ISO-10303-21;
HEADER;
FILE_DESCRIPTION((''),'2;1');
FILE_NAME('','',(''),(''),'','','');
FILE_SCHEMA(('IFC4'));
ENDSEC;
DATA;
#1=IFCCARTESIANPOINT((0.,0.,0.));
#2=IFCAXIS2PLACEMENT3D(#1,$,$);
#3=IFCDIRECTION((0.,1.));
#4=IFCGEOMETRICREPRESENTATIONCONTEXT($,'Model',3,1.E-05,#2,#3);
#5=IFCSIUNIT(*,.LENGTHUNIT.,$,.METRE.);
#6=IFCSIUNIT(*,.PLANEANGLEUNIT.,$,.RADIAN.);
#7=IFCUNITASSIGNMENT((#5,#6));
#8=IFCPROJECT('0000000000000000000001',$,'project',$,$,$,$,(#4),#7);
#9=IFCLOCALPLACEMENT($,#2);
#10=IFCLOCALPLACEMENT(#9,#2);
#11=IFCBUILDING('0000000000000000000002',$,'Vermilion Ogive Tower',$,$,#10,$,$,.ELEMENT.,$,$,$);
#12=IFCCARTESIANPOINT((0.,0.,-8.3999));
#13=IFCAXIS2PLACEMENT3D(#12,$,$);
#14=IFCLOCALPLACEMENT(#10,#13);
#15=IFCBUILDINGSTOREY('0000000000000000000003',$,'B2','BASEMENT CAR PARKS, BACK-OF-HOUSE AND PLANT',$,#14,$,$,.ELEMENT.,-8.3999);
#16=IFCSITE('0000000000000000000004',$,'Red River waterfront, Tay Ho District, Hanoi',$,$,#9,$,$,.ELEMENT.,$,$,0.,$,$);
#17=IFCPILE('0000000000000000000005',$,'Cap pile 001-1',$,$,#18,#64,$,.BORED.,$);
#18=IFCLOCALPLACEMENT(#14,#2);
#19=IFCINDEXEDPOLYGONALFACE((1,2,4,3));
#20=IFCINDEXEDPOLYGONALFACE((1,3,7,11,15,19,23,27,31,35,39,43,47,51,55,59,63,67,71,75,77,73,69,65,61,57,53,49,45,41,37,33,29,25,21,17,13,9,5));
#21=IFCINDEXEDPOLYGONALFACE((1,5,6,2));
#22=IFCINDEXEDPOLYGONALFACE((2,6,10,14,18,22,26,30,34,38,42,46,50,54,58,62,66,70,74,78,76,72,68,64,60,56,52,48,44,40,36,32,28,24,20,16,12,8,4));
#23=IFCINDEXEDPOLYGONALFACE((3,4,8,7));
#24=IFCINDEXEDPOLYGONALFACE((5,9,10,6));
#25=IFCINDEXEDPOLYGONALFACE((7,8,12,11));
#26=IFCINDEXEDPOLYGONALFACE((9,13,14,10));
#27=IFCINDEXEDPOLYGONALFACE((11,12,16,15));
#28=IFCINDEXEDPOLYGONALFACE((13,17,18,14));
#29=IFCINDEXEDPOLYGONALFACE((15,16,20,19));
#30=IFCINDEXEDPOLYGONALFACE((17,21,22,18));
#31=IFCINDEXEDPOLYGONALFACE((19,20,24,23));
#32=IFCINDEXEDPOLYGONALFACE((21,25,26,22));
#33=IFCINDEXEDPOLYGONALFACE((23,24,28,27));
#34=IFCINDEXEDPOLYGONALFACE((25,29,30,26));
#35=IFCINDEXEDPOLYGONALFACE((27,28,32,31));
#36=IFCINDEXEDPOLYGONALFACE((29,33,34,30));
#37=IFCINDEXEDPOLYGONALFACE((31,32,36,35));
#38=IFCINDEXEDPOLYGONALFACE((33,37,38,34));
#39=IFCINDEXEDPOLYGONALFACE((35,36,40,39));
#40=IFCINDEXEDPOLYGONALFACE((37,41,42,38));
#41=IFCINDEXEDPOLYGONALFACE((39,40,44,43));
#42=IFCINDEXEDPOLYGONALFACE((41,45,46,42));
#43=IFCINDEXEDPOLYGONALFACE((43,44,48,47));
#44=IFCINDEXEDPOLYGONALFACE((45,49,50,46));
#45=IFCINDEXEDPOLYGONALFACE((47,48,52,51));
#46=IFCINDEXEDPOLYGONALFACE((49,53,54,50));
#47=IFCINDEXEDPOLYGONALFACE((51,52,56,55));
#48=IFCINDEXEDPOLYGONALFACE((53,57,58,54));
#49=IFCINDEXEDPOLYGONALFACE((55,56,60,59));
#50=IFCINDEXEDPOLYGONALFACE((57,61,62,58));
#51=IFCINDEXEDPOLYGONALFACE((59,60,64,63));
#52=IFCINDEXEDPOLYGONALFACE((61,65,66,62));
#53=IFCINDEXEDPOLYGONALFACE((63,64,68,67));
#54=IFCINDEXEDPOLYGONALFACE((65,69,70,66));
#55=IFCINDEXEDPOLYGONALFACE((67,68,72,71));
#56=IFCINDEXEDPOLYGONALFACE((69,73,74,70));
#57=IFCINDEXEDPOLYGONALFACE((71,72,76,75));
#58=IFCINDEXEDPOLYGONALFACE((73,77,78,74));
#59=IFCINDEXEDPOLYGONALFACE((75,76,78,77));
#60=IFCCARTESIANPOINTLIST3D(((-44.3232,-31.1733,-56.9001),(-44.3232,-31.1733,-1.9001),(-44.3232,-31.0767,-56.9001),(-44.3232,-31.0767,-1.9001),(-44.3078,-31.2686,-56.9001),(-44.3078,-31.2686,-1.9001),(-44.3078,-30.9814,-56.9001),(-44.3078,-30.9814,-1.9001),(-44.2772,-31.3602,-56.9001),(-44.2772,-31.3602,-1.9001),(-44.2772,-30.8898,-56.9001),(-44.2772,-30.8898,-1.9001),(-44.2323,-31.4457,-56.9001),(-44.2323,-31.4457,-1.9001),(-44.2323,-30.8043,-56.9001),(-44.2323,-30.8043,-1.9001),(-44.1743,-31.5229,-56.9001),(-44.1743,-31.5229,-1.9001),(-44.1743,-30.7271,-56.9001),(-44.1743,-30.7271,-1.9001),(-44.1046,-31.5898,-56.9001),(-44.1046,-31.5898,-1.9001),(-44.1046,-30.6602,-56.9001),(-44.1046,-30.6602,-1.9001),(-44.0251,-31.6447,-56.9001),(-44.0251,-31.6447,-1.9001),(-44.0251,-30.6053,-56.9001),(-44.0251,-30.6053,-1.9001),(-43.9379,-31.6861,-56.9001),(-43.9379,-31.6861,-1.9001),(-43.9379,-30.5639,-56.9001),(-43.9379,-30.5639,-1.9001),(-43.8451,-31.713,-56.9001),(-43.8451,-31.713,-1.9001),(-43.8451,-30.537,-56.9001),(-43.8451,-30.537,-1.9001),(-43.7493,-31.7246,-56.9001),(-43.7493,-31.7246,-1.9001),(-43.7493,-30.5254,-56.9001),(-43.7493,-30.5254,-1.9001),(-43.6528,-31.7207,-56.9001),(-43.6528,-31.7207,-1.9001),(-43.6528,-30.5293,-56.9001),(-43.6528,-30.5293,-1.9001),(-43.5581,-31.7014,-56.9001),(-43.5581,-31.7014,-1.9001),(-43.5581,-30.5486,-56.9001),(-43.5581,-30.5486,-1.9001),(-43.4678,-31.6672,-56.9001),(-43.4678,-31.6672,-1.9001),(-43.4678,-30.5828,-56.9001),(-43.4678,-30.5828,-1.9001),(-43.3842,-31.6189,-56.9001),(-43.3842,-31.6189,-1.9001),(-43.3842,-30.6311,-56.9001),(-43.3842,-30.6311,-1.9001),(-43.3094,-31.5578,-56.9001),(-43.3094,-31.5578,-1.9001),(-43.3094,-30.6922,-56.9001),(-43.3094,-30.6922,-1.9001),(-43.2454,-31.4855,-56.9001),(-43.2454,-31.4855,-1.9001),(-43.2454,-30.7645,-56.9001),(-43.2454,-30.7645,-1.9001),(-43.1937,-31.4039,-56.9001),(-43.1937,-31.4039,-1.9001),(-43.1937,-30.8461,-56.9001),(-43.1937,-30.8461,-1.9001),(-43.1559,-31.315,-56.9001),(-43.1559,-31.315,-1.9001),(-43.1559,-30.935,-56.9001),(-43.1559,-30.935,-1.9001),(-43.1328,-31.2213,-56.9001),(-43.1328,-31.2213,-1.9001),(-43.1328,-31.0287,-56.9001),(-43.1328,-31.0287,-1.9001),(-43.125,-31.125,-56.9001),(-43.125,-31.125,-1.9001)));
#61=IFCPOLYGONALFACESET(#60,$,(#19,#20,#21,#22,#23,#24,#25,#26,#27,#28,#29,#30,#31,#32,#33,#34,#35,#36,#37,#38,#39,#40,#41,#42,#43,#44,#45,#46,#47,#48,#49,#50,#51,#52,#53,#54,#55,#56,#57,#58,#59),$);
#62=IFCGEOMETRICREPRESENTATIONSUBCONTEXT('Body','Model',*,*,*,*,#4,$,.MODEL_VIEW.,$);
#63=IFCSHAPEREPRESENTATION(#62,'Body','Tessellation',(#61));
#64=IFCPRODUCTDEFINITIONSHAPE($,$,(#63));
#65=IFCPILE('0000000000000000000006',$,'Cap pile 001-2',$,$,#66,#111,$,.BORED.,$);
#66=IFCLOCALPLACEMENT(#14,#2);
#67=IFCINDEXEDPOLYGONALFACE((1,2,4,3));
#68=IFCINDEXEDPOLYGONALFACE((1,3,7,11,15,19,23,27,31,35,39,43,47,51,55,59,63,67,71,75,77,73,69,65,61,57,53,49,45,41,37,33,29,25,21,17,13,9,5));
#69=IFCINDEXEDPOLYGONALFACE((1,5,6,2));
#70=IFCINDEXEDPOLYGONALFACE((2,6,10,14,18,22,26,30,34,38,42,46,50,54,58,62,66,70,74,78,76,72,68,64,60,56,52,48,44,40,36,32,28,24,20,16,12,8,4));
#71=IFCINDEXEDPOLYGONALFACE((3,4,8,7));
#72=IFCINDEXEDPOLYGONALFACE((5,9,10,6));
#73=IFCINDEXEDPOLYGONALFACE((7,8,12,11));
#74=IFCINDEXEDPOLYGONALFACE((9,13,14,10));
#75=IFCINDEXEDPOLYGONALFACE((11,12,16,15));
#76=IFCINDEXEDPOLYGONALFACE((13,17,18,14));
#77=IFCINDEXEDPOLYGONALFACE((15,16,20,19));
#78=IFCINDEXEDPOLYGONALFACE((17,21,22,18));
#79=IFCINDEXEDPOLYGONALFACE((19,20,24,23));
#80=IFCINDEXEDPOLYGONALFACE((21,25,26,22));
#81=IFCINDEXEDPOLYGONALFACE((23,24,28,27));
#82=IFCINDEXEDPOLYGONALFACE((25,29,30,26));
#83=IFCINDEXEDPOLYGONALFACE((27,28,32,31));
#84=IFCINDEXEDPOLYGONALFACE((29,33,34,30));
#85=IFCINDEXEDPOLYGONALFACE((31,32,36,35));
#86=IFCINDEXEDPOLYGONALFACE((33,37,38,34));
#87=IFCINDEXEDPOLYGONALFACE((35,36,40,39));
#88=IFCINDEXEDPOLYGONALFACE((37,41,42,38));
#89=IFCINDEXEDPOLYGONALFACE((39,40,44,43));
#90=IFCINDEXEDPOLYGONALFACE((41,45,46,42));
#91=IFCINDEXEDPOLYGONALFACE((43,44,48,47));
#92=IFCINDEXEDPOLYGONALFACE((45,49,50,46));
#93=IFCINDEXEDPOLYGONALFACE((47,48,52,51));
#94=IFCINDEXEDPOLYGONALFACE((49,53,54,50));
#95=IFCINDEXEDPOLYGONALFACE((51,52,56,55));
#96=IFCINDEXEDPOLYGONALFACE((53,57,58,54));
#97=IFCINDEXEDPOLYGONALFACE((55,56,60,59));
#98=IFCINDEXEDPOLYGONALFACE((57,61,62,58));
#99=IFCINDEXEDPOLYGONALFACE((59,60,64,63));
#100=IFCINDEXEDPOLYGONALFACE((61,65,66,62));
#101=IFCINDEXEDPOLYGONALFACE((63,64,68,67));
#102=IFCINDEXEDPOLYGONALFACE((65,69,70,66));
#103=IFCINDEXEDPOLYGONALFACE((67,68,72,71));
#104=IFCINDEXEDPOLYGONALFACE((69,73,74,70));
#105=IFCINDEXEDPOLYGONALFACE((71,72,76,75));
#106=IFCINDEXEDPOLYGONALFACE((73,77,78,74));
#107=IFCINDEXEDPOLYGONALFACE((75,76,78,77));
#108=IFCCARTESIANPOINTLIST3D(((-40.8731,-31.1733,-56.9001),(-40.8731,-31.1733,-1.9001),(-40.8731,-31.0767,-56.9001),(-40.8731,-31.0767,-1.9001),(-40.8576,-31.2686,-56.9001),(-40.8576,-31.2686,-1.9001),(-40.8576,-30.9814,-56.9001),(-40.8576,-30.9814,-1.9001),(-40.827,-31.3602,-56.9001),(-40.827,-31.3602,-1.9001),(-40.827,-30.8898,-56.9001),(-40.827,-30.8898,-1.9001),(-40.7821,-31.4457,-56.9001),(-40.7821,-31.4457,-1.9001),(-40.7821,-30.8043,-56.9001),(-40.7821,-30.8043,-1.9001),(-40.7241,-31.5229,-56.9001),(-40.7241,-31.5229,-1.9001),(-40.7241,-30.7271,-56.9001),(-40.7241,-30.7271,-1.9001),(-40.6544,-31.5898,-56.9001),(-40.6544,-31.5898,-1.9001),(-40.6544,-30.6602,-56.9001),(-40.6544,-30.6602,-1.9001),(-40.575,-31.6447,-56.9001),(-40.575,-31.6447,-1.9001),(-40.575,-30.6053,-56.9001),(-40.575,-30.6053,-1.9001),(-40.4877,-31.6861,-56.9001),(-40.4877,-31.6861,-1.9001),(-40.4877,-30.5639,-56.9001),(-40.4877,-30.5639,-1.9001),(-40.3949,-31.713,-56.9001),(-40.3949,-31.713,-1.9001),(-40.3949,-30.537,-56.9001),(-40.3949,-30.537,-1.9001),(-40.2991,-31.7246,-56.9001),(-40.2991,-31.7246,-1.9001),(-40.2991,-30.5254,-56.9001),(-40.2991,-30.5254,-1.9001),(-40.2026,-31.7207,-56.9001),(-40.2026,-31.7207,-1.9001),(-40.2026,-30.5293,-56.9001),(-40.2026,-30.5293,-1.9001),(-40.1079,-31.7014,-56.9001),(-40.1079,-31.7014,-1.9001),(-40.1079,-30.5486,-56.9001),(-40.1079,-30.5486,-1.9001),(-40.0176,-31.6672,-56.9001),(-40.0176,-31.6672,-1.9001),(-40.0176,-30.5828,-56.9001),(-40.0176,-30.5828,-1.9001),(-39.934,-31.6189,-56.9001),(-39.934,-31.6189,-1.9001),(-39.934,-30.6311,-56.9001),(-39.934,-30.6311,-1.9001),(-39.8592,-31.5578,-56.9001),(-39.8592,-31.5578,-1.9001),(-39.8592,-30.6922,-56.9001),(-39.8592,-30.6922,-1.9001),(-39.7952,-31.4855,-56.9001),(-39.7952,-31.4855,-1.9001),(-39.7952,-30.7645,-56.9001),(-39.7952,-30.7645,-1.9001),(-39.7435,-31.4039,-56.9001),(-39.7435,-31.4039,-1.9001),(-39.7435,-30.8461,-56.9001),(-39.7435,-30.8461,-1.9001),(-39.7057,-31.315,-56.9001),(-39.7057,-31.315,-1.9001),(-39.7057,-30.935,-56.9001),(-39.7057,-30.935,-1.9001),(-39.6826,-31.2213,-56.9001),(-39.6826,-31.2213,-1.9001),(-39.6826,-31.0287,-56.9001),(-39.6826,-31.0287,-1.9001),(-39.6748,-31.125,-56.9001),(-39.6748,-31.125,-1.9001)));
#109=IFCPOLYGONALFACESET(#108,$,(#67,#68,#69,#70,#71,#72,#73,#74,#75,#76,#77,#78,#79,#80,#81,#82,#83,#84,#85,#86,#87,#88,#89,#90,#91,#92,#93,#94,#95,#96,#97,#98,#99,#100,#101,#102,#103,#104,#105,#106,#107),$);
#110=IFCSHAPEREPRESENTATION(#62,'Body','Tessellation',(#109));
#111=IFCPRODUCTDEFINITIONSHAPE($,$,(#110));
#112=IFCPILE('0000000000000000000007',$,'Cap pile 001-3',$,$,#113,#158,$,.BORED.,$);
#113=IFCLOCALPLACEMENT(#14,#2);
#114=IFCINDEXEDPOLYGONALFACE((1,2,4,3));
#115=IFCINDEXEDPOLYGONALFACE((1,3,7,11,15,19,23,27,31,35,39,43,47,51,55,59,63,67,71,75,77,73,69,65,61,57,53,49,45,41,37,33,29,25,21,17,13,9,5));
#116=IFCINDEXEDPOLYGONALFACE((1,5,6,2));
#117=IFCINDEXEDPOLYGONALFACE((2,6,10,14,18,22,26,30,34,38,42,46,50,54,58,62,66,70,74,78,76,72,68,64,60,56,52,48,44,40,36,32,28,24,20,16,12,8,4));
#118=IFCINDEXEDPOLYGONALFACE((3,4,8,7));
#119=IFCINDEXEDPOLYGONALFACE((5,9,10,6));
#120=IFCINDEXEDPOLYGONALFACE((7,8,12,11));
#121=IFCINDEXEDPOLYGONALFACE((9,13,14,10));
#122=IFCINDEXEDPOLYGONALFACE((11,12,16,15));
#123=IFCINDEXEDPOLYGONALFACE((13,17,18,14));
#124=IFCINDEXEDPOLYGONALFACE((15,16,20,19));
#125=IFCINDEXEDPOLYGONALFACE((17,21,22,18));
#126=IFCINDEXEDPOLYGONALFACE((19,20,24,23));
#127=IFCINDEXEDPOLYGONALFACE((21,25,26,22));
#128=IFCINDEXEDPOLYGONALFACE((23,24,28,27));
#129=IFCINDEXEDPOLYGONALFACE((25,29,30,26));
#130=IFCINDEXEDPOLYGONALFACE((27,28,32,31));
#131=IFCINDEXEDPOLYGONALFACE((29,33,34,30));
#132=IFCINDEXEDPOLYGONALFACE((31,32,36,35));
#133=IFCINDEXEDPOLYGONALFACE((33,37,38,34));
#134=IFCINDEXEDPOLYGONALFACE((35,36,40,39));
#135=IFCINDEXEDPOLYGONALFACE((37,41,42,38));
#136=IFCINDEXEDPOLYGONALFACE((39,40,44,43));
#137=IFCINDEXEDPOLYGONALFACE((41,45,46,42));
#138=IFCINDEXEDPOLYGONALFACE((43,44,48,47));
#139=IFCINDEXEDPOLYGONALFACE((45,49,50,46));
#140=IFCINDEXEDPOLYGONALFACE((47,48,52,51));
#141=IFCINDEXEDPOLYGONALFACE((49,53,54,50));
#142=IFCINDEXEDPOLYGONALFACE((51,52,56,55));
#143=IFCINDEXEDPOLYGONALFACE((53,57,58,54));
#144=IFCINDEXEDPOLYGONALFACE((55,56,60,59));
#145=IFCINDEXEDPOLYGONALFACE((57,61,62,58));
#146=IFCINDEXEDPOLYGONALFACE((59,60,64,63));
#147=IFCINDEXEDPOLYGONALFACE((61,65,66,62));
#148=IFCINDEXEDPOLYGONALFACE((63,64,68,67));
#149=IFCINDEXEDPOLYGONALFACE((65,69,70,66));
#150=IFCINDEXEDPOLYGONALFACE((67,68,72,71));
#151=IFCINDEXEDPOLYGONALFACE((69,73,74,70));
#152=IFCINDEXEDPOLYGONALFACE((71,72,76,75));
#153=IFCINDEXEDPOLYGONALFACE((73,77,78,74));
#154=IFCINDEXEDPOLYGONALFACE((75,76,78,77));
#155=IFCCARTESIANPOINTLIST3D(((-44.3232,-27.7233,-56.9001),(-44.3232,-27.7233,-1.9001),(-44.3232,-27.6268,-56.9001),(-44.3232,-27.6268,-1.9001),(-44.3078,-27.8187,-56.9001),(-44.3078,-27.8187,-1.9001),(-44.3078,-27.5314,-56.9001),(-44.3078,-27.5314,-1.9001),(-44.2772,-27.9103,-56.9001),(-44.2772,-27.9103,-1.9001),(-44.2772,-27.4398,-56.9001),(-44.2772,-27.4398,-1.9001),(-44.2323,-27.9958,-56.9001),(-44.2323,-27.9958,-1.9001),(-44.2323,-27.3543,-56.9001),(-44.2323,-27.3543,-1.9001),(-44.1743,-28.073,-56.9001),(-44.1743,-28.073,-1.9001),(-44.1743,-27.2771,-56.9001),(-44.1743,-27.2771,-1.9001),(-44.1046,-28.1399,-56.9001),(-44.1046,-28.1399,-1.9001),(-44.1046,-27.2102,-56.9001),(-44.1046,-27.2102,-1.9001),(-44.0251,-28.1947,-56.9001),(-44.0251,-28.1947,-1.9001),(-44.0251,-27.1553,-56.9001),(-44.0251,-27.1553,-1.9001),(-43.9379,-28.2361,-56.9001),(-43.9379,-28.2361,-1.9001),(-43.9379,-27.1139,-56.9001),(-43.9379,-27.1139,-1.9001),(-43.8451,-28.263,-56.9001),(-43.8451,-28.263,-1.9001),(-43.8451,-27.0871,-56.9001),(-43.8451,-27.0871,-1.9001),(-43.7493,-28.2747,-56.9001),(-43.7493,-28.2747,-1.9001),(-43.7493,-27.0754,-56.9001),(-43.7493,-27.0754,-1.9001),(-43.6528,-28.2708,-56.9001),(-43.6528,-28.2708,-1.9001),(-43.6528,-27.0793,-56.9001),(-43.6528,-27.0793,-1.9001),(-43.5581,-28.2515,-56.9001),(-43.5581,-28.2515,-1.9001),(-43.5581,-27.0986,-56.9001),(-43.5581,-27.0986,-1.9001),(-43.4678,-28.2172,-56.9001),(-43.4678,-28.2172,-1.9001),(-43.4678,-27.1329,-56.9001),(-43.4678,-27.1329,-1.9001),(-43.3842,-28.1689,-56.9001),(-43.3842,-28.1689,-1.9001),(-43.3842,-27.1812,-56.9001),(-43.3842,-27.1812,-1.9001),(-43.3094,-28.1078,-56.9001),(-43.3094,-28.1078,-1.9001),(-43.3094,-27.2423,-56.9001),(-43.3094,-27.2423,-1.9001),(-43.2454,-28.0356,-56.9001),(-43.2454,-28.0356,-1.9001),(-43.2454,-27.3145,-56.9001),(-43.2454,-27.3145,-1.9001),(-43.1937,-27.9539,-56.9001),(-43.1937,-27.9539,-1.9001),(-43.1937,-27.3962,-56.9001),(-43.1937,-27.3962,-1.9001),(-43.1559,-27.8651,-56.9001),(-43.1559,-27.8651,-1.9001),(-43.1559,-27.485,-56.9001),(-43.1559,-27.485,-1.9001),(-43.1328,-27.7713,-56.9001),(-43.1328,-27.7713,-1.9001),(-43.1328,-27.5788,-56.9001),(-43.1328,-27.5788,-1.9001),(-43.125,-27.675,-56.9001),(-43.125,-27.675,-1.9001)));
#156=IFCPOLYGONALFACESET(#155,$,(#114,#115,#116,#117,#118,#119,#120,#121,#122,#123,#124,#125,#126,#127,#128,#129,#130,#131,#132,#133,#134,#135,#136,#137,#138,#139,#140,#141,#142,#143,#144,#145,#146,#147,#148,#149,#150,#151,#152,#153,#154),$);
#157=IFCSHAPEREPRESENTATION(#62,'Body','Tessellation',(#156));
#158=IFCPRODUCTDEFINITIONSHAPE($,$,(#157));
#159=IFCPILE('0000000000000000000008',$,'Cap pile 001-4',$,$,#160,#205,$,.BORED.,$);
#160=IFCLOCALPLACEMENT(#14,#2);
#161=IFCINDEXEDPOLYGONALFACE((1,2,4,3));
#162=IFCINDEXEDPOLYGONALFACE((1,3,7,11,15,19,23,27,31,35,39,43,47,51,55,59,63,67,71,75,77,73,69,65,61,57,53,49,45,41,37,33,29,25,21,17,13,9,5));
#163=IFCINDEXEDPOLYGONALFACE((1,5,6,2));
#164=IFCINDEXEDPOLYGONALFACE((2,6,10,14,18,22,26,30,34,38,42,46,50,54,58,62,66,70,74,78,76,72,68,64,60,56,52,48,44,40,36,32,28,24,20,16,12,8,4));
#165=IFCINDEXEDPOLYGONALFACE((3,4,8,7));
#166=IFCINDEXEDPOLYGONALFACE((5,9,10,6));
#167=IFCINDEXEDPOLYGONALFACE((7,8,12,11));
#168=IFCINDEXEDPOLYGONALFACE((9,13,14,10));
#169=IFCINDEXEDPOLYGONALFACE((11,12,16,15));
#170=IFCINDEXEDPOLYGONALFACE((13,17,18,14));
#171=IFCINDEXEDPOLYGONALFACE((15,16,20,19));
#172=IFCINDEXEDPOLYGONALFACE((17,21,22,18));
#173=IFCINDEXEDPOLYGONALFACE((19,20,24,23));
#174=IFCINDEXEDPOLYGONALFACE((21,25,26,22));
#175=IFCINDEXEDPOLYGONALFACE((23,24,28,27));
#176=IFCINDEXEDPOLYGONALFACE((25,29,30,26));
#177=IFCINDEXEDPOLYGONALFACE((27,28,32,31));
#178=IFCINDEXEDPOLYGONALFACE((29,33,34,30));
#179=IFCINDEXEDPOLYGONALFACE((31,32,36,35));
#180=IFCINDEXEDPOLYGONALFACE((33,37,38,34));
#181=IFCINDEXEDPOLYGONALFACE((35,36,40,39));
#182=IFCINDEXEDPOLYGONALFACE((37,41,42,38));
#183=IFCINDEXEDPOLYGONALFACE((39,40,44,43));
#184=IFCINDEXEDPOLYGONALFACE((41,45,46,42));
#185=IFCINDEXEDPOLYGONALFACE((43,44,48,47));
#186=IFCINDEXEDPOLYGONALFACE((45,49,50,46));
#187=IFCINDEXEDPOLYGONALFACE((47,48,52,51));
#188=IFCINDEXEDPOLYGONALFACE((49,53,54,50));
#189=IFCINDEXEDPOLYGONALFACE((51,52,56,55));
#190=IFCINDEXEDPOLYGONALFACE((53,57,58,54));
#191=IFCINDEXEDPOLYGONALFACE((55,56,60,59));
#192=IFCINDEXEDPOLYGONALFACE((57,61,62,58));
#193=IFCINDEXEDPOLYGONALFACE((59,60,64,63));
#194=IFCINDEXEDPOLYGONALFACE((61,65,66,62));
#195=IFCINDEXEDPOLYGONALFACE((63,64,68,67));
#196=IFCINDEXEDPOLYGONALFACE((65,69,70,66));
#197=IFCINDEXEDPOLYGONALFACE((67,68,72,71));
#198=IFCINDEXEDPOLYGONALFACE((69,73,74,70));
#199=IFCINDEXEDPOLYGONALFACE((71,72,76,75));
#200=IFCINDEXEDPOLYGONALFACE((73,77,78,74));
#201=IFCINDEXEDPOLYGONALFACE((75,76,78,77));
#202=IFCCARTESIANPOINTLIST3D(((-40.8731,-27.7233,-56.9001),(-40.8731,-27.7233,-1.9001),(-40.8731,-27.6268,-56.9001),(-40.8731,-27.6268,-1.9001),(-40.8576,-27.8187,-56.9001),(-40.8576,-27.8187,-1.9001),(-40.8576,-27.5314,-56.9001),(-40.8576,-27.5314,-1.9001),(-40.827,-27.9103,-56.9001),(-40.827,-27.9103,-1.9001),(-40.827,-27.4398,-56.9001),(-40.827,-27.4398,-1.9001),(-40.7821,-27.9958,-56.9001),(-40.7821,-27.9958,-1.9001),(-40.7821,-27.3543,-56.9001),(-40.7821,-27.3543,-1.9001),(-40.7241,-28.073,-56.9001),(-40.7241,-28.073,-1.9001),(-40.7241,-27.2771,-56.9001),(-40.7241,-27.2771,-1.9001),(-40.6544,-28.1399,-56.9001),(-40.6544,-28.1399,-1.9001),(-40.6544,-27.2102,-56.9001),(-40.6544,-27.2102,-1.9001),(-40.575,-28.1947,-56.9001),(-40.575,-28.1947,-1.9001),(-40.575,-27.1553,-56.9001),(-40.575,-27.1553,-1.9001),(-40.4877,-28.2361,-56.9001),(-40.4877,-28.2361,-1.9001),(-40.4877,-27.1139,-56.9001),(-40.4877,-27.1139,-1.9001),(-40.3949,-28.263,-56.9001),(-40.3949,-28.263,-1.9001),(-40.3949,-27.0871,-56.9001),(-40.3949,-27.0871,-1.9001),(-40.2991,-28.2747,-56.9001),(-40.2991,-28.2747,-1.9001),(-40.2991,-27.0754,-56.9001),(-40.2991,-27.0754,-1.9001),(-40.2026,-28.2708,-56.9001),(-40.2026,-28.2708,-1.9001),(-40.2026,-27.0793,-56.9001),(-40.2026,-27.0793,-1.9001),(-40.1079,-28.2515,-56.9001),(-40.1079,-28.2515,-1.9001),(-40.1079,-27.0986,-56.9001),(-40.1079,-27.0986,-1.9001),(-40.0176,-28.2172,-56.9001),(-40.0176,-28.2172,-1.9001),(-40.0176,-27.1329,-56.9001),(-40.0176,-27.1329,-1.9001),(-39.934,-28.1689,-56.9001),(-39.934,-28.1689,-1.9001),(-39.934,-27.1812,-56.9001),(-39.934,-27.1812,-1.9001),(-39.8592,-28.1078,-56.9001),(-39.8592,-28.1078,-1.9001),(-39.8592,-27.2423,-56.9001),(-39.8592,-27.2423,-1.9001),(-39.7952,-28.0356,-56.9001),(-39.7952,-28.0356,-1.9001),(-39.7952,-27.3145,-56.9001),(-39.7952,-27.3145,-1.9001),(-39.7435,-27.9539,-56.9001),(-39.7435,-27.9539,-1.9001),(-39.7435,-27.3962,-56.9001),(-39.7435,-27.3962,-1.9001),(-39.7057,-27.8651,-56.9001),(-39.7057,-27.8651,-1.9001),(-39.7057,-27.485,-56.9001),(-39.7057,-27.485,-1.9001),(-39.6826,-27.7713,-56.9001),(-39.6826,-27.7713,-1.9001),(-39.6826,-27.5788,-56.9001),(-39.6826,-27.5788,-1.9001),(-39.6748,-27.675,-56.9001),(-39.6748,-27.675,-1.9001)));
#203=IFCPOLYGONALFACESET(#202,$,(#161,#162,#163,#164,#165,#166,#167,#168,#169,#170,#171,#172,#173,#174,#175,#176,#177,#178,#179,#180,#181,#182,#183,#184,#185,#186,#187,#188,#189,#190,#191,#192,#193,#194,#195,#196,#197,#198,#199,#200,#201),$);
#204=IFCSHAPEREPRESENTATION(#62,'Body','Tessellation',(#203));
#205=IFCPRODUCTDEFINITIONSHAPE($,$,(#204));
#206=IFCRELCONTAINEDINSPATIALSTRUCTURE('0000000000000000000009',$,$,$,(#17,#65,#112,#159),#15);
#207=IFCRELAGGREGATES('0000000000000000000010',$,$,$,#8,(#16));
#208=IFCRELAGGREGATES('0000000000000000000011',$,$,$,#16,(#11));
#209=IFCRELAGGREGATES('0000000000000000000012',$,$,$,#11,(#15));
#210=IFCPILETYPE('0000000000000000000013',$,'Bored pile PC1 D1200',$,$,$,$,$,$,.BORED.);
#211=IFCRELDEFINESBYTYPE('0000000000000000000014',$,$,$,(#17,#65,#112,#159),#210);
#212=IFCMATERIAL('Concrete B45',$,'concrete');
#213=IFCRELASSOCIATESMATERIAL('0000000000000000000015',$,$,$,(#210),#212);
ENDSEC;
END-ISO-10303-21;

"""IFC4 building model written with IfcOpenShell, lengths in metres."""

from ifc_helpers import new_model, si_unit, direction, frame, origin, origin_2d, place, context, subcontext, project, spatial, circle, extrude, material, type_object, element, save


model = new_model("IFC4")

# Units and contexts
model_context = context("Model", 3, precision=1e-05, world=origin(), true_north=direction((0.0, 1.0)))
body_context = subcontext(model_context, "Body", "Model", "MODEL_VIEW")
ifc_project = project(units=[si_unit("LENGTHUNIT", "METRE"), si_unit("PLANEANGLEUNIT", "RADIAN")], contexts=[model_context])

# Site, building, storey
site_placement = place(None, origin())
site = spatial("IfcSite", under=ifc_project, at=site_placement, Name="Red River waterfront, Tay Ho District, Hanoi", CompositionType="ELEMENT", RefElevation=0.0)
building_placement = place(site_placement, origin())
building = spatial("IfcBuilding", under=site, at=building_placement, Name="Vermilion Ogive Tower", CompositionType="ELEMENT")
storey_placement = place(building_placement, frame((0.0, 0.0, -8.3999)))
storey = spatial("IfcBuildingStorey", under=building, at=storey_placement, Name="B2", Description="BASEMENT CAR PARKS, BACK-OF-HOUSE AND PLANT", CompositionType="ELEMENT", Elevation=-8.3999)

# Piles
ifc_material_1 = material(Name="Concrete B45", Category="concrete")
pile_type_1 = type_object("IfcPileType", Name="Bored pile PC1 D1200", PredefinedType="BORED", material=ifc_material_1)
for number, where, z_axis, x_axis, name in (
    (1, (-43.7251, -31.125, -1.9001), (0.0, 0.0, -1.0), (1.0, 0.0, 0.0), "Cap pile 001-1"),
    (2, (-40.2749, -31.125, -1.9001), (0.0, 0.0, -1.0), (1.0, 0.0, 0.0), "Cap pile 001-2"),
    (3, (-43.7251, -27.675, -1.9001), (0.0, 0.0, -1.0), (1.0, 0.0, 0.0), "Cap pile 001-3"),
    (4, (-40.2749, -27.675, -1.9001), (0.0, 0.0, -1.0), (1.0, 0.0, 0.0), "Cap pile 001-4"),
):
    element("IfcPile", number, at=place(storey_placement, frame(where, z_axis=z_axis, x_axis=x_axis)), inside=storey, type_object=pile_type_1, Name=name, PredefinedType="BORED", context=body_context, shape_type="SweptSolid", body=[
        extrude(circle(Radius=0.6001, at=origin_2d()), origin(), (0.0, 0.0, 1.0), 55.0),
    ])

save(model, "model.ifc")
